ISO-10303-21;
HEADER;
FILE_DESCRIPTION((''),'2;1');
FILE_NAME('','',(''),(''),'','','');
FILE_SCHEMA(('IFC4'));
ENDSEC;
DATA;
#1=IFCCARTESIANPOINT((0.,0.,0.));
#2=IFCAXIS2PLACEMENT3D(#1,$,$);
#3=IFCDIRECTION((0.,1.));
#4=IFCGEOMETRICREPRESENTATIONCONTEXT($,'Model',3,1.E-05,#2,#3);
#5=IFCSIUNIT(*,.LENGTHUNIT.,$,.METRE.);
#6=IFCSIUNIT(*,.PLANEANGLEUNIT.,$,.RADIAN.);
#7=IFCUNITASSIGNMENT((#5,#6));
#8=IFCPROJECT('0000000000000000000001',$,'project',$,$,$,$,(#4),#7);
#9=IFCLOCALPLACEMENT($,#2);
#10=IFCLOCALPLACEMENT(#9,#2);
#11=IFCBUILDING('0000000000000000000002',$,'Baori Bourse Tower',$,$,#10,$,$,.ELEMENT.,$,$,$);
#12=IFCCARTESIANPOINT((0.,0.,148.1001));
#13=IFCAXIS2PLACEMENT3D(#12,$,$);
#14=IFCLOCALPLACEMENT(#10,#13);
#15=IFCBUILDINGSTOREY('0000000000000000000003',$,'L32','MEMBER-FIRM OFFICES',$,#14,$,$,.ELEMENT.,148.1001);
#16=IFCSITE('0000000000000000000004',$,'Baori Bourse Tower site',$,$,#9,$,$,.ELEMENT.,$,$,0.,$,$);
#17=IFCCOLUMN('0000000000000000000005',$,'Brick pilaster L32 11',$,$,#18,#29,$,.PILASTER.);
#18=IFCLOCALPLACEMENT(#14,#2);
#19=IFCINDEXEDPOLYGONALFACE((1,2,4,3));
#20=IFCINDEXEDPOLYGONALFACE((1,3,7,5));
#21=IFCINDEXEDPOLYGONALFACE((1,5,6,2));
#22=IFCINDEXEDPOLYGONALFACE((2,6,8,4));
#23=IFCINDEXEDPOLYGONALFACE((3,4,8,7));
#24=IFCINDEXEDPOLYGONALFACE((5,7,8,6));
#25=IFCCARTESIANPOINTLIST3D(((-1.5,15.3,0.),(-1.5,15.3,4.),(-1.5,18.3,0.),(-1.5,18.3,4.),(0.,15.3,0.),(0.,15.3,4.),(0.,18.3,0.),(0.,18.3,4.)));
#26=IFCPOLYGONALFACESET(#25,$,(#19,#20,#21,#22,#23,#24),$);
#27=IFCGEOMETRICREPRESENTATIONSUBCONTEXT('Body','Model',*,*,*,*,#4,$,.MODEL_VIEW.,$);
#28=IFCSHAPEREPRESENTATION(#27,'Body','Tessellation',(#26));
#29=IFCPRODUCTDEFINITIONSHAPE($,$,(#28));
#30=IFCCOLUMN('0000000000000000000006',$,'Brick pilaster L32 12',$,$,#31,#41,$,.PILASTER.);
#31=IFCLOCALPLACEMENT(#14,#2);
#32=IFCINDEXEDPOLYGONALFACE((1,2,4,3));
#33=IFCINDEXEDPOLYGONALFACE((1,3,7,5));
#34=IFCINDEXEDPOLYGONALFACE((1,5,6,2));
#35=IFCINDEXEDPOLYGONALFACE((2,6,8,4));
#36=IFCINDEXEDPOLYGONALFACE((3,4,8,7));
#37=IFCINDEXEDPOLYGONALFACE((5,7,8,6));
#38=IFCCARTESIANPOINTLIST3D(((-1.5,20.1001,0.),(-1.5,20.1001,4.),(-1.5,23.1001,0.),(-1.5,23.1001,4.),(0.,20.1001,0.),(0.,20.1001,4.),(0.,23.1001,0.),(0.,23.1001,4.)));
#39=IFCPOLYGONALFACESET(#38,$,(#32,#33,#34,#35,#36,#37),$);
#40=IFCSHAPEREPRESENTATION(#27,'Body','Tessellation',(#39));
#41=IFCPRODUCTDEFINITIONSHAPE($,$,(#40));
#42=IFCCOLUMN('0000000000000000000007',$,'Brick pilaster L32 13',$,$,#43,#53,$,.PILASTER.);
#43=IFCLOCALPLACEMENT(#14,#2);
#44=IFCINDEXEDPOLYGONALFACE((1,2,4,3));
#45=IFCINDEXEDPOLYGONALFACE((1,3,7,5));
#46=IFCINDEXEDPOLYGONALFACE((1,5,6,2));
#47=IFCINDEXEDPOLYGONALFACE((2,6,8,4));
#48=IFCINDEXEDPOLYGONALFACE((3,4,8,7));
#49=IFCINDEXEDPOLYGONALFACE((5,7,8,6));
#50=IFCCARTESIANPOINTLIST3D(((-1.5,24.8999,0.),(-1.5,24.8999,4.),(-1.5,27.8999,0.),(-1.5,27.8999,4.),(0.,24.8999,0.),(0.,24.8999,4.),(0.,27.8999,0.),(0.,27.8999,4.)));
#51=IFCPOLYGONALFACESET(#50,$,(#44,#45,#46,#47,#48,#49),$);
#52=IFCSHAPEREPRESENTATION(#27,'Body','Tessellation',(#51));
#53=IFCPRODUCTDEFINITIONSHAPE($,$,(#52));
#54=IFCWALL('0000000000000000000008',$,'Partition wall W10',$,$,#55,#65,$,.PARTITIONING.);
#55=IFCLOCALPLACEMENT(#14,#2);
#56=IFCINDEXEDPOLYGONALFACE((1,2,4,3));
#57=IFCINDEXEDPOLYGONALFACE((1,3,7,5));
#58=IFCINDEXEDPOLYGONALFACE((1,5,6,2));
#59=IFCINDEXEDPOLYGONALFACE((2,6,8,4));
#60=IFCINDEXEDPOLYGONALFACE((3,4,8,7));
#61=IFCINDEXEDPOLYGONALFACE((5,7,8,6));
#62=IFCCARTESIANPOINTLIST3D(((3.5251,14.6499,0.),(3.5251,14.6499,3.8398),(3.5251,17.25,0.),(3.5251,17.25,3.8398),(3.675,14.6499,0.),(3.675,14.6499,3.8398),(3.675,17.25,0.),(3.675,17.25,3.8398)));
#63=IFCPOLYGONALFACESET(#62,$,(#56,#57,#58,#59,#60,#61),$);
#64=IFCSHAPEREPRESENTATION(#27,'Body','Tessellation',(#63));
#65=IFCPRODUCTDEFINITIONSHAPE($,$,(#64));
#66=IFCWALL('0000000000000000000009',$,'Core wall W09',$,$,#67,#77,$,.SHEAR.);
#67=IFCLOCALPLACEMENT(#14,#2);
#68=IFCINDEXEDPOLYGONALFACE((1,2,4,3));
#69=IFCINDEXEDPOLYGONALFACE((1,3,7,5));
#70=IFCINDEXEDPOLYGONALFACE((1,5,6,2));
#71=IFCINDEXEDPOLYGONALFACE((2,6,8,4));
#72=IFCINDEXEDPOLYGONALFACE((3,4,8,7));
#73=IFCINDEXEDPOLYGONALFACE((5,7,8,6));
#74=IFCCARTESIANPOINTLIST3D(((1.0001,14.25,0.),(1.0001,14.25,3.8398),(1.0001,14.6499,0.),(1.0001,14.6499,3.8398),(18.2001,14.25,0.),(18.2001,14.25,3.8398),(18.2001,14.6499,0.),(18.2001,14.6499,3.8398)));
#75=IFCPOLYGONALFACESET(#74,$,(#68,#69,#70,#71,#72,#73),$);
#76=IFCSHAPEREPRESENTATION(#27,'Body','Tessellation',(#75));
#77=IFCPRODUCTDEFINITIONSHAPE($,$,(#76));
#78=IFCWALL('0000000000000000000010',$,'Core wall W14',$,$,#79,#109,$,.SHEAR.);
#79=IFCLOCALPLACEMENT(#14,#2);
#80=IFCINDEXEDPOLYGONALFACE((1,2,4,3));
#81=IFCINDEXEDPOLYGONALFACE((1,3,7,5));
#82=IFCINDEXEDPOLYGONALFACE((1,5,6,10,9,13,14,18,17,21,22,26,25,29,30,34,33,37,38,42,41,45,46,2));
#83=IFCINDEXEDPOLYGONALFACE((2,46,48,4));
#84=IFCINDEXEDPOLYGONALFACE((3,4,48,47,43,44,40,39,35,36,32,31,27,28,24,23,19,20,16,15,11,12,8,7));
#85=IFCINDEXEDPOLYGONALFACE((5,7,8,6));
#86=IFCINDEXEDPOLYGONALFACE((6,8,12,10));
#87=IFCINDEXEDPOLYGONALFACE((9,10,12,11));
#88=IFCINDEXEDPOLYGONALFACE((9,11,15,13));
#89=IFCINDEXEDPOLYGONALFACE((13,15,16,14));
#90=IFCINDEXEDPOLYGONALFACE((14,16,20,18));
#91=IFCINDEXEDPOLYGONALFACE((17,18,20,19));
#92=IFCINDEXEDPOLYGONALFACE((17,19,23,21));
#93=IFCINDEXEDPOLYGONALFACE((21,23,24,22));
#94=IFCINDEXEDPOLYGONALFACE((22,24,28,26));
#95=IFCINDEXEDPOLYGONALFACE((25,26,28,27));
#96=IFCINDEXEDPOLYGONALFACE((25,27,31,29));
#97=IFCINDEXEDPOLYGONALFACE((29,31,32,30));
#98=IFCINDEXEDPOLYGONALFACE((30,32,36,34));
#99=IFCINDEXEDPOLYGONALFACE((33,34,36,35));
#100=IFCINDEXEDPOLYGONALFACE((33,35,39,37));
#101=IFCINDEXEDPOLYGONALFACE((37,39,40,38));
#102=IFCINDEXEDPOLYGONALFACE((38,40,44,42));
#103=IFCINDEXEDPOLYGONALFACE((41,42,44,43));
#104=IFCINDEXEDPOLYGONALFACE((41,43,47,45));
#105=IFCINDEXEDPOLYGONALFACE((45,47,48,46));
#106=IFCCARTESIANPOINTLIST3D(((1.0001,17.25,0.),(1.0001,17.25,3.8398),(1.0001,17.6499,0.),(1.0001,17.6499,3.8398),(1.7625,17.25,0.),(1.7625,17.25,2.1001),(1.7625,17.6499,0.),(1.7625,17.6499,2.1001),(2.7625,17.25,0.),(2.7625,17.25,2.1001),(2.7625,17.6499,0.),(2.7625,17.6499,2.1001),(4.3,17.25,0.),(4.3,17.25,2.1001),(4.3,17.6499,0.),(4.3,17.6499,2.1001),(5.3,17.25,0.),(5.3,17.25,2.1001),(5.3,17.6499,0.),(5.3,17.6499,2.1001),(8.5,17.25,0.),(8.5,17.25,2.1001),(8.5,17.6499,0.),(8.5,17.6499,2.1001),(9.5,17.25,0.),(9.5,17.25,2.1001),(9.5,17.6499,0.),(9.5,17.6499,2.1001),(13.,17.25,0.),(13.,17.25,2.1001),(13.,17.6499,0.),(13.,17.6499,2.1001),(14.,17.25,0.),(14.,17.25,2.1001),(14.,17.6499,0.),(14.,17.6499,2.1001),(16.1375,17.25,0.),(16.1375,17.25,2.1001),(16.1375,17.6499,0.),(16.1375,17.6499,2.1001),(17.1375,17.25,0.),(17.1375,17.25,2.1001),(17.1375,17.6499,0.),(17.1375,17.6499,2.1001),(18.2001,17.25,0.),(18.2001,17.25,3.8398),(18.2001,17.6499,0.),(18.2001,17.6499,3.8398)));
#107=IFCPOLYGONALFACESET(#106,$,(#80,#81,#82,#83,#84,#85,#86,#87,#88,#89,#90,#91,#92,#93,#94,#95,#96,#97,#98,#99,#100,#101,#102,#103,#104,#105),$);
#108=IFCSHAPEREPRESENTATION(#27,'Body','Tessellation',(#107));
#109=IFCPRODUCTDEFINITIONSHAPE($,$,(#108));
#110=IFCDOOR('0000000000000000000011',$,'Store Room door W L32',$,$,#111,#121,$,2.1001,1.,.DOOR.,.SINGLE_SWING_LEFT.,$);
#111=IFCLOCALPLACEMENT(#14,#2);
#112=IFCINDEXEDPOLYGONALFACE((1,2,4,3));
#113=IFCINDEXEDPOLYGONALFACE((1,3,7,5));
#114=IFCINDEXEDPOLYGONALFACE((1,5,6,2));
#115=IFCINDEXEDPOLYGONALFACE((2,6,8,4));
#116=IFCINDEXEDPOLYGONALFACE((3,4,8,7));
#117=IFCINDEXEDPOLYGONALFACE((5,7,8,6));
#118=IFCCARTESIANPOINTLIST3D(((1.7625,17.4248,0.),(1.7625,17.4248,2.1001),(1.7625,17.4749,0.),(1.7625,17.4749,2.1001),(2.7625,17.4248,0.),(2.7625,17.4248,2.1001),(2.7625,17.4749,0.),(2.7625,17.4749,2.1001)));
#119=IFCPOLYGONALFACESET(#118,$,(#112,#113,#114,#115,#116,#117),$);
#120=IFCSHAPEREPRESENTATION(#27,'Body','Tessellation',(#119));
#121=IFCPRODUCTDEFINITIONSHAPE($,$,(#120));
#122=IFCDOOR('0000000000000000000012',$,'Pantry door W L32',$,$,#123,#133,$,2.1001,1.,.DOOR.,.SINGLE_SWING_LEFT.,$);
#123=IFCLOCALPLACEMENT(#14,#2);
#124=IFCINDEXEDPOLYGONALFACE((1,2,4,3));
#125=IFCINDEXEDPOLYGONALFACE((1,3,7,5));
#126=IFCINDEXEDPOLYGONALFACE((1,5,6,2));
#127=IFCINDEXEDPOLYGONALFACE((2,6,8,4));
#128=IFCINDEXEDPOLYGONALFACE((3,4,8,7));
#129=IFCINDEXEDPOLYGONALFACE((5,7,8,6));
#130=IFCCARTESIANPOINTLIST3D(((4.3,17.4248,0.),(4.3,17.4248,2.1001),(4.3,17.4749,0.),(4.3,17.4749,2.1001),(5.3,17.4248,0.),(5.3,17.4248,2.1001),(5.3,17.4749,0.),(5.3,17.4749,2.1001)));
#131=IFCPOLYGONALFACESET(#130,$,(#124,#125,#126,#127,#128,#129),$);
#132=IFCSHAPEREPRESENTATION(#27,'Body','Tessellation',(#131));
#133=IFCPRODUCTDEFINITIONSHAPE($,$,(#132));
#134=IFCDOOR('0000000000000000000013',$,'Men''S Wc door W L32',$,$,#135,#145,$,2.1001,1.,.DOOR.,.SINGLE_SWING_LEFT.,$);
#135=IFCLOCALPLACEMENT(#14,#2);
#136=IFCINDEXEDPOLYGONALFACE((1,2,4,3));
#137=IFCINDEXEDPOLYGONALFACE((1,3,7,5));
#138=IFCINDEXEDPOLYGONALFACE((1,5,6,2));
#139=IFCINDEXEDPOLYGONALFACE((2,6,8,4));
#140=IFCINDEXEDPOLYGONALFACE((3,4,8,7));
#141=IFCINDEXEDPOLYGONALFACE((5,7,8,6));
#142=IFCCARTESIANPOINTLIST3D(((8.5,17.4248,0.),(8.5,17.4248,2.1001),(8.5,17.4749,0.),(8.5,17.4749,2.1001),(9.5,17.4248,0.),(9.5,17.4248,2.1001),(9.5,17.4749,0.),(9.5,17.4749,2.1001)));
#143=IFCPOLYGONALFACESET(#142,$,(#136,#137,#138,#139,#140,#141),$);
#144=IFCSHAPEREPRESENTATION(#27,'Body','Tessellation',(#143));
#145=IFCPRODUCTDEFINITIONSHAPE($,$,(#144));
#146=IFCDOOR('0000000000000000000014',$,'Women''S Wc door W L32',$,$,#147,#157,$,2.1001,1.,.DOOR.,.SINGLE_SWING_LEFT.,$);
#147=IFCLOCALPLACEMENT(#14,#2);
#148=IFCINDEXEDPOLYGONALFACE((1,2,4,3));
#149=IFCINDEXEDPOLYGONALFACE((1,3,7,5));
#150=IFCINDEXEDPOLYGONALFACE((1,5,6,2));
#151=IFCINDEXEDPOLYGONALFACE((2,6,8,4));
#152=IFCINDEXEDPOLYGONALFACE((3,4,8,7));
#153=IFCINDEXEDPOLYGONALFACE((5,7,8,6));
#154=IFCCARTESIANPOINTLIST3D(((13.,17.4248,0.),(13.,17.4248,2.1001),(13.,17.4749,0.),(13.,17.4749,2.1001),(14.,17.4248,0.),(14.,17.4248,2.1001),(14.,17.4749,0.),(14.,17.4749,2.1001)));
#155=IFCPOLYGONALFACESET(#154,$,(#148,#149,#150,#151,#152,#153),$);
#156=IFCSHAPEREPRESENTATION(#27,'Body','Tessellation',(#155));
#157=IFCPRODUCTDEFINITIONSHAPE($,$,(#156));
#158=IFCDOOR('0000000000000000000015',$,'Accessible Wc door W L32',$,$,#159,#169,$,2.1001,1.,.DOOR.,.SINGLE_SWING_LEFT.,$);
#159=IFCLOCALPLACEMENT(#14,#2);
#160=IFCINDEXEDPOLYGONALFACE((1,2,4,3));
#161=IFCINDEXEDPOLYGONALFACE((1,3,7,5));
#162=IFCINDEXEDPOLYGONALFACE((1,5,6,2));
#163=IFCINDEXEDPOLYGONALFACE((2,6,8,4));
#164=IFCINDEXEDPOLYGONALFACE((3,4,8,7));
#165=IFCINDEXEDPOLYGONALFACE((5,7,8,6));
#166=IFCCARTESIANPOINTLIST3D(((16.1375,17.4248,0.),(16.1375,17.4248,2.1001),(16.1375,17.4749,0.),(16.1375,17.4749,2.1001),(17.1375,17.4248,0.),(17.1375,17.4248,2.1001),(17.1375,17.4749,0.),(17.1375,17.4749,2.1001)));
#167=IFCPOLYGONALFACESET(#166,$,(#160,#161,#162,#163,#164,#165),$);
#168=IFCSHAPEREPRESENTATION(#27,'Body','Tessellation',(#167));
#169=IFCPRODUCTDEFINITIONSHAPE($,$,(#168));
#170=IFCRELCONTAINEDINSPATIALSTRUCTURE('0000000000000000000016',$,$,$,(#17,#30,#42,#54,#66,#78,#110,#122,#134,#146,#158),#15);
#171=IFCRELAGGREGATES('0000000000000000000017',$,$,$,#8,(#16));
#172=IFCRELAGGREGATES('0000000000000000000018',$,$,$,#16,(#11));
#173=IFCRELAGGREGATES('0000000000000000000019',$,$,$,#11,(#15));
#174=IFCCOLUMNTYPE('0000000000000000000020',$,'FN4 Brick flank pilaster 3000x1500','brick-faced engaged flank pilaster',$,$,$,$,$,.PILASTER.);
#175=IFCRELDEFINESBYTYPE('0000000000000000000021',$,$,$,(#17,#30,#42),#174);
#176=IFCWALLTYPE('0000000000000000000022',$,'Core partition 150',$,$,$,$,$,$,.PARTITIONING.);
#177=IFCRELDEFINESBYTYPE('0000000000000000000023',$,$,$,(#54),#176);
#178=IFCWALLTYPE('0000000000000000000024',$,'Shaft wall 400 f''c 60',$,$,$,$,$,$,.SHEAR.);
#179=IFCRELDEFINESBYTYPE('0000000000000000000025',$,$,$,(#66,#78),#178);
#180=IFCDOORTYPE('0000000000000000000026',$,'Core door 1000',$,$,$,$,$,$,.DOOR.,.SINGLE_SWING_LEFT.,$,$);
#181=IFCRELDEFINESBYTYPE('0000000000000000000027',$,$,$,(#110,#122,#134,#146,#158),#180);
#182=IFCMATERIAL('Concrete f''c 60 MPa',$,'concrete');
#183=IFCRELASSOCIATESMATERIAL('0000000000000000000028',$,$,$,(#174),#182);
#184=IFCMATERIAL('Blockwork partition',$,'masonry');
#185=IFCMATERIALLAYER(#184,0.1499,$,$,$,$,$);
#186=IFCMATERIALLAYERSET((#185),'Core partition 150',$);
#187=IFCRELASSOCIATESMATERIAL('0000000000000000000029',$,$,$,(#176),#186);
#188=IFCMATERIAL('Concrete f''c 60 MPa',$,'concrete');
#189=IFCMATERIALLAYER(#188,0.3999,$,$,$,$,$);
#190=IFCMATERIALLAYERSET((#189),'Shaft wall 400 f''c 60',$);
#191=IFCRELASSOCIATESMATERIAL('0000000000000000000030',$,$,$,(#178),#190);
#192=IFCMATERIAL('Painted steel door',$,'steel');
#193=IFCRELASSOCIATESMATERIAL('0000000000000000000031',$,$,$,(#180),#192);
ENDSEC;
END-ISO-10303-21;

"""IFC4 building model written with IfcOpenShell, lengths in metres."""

from ifc_helpers import new_model, si_unit, direction, frame, frame_2d, origin, origin_2d, place, context, subcontext, project, spatial, rectangle, extrude, material, layer, layer_set, material_profile, profile_set, type_object, element, fill, save


model = new_model("IFC4")

# Units and contexts
model_context = context("Model", 3, precision=1e-05, world=origin(), true_north=direction((0.0, 1.0)))
body_context = subcontext(model_context, "Body", "Model", "MODEL_VIEW")
ifc_project = project(units=[si_unit("LENGTHUNIT", "METRE"), si_unit("PLANEANGLEUNIT", "RADIAN")], contexts=[model_context])

# Site, building, storey
site_placement = place(None, origin())
site = spatial("IfcSite", under=ifc_project, at=site_placement, Name="Baori Bourse Tower site", CompositionType="ELEMENT", RefElevation=0.0)
building_placement = place(site_placement, origin())
building = spatial("IfcBuilding", under=site, at=building_placement, Name="Baori Bourse Tower", CompositionType="ELEMENT")
storey_placement = place(building_placement, frame((0.0, 0.0, 148.1001)))
storey = spatial("IfcBuildingStorey", under=building, at=storey_placement, Name="L32", Description="MEMBER-FIRM OFFICES", CompositionType="ELEMENT", Elevation=148.1001)

# Columns
ifc_material_1 = material(Name="Concrete f'c 60 MPa", Category="concrete")
ifc_material_profile = material_profile(ifc_material_1, rectangle(XDim=3.0, YDim=1.5, at=origin_2d()), Name="RC 3000x1500")
ifc_profile_set = profile_set([ifc_material_profile], Name="Concrete f'c 60 MPa")
column_type = type_object("IfcColumnType", Name="FN4 Brick flank pilaster 3000x1500", Description="brick-faced engaged flank pilaster", PredefinedType="PILASTER", material=ifc_profile_set)
for number, where, z_axis, x_axis, name in (
    (1, (-0.75, 16.8, 0.0), (0.0, 0.0, 1.0), (0.0, 1.0, 0.0), "Brick pilaster L32 11"),
    (2, (-0.75, 21.6001, 0.0), (0.0, 0.0, 1.0), (0.0, 1.0, 0.0), "Brick pilaster L32 12"),
    (3, (-0.75, 26.3999, 0.0), (0.0, 0.0, 1.0), (0.0, 1.0, 0.0), "Brick pilaster L32 13"),
):
    element("IfcColumn", number, at=place(storey_placement, frame(where, z_axis=z_axis, x_axis=x_axis)), inside=storey, type_object=column_type, Name=name, PredefinedType="PILASTER", context=body_context, shape_type="SweptSolid", body=[
        extrude(rectangle(XDim=3.0, YDim=1.5, at=origin_2d()), origin(), (0.0, 0.0, 1.0), 4.0),
    ])

# Walls
ifc_material_2 = material(Name="Blockwork partition", Category="masonry")
ifc_layer_1 = layer(ifc_material_2, 0.1499)
ifc_layer_set_1 = layer_set([ifc_layer_1], Name="Core partition 150")
wall_type_1 = type_object("IfcWallType", Name="Core partition 150", PredefinedType="PARTITIONING", material=ifc_layer_set_1)
wall_1_placement = place(storey_placement, frame((3.6001, 14.6499, 0.0), z_axis=(0.0, 0.0, 1.0), x_axis=(0.0, 1.0, 0.0)))
element("IfcWall", 4, at=wall_1_placement, inside=storey, type_object=wall_type_1, Name="Partition wall W10", PredefinedType="PARTITIONING", context=body_context, shape_type="SweptSolid", body=[
    extrude(rectangle(XDim=2.6001, YDim=0.1499, at=frame_2d((1.3, 0.0))), origin(), (0.0, 0.0, 1.0), 3.8398),
])
ifc_material_3 = material(Name="Concrete f'c 60 MPa", Category="concrete")
ifc_layer_2 = layer(ifc_material_3, 0.3999)
ifc_layer_set_2 = layer_set([ifc_layer_2], Name="Shaft wall 400 f'c 60")
wall_type_2 = type_object("IfcWallType", Name="Shaft wall 400 f'c 60", PredefinedType="SHEAR", material=ifc_layer_set_2)
wall_2_placement = place(storey_placement, frame((1.0, 14.45, 0.0), z_axis=(0.0, 0.0, 1.0), x_axis=(1.0, 0.0, 0.0)))
element("IfcWall", 5, at=wall_2_placement, inside=storey, type_object=wall_type_2, Name="Core wall W09", PredefinedType="SHEAR", context=body_context, shape_type="SweptSolid", body=[
    extrude(rectangle(XDim=17.2, YDim=0.3999, at=frame_2d((8.6001, 0.0))), origin(), (0.0, 0.0, 1.0), 3.8398),
])

# Wall, openings, doors
wall_3_placement = place(storey_placement, frame((1.0, 17.45, 0.0), z_axis=(0.0, 0.0, 1.0), x_axis=(1.0, 0.0, 0.0)))
wall_3 = element("IfcWall", 6, at=wall_3_placement, inside=storey, type_object=wall_type_2, Name="Core wall W14", PredefinedType="SHEAR", context=body_context, shape_type="SweptSolid", body=[
    extrude(rectangle(XDim=17.2, YDim=0.3999, at=frame_2d((8.6001, 0.0))), origin(), (0.0, 0.0, 1.0), 3.8398),
])
opening_1_placement = place(wall_3_placement, frame((0.7625, 0.0, 0.0)))
opening_1 = element("IfcOpeningElement", 7, at=opening_1_placement, cuts=wall_3, PredefinedType="OPENING", context=body_context, shape_type="SweptSolid", body=[
    extrude(rectangle(XDim=1.0, YDim=2.1001, at=frame_2d((0.5, 1.05))), frame((0.0, 0.21, 0.0), z_axis=(0.0, -1.0, 0.0), x_axis=(1.0, 0.0, 0.0)), (0.0, 0.0, 1.0), 0.4199),
])
opening_2_placement = place(wall_3_placement, frame((3.3, 0.0, 0.0)))
opening_2 = element("IfcOpeningElement", 8, at=opening_2_placement, cuts=wall_3, PredefinedType="OPENING", context=body_context, shape_type="SweptSolid", body=[
    extrude(rectangle(XDim=1.0, YDim=2.1001, at=frame_2d((0.5, 1.05))), frame((0.0, 0.21, 0.0), z_axis=(0.0, -1.0, 0.0), x_axis=(1.0, 0.0, 0.0)), (0.0, 0.0, 1.0), 0.4199),
])
opening_3_placement = place(wall_3_placement, frame((7.5, 0.0, 0.0)))
opening_3 = element("IfcOpeningElement", 9, at=opening_3_placement, cuts=wall_3, PredefinedType="OPENING", context=body_context, shape_type="SweptSolid", body=[
    extrude(rectangle(XDim=1.0, YDim=2.1001, at=frame_2d((0.5, 1.05))), frame((0.0, 0.21, 0.0), z_axis=(0.0, -1.0, 0.0), x_axis=(1.0, 0.0, 0.0)), (0.0, 0.0, 1.0), 0.4199),
])
opening_4_placement = place(wall_3_placement, frame((12.0, 0.0, 0.0)))
opening_4 = element("IfcOpeningElement", 10, at=opening_4_placement, cuts=wall_3, PredefinedType="OPENING", context=body_context, shape_type="SweptSolid", body=[
    extrude(rectangle(XDim=1.0, YDim=2.1001, at=frame_2d((0.5, 1.05))), frame((0.0, 0.21, 0.0), z_axis=(0.0, -1.0, 0.0), x_axis=(1.0, 0.0, 0.0)), (0.0, 0.0, 1.0), 0.4199),
])
opening_5_placement = place(wall_3_placement, frame((15.1375, 0.0, 0.0)))
opening_5 = element("IfcOpeningElement", 11, at=opening_5_placement, cuts=wall_3, PredefinedType="OPENING", context=body_context, shape_type="SweptSolid", body=[
    extrude(rectangle(XDim=1.0, YDim=2.1001, at=frame_2d((0.5, 1.05))), frame((0.0, 0.21, 0.0), z_axis=(0.0, -1.0, 0.0), x_axis=(1.0, 0.0, 0.0)), (0.0, 0.0, 1.0), 0.4199),
])
ifc_material_4 = material(Name="Painted steel door", Category="steel")
door_type_1 = type_object("IfcDoorType", Name="Core door 1000", OperationType="SINGLE_SWING_LEFT", PredefinedType="DOOR", material=ifc_material_4)
door_1_placement = place(opening_1_placement, origin())
door_1 = element("IfcDoor", 12, at=door_1_placement, inside=storey, type_object=door_type_1, Name="Store Room door W L32", OperationType="SINGLE_SWING_LEFT", OverallHeight=2.1001, OverallWidth=1.0, PredefinedType="DOOR", context=body_context, shape_type="SweptSolid", body=[
    extrude(rectangle(XDim=1.0, YDim=2.1001, at=frame_2d((0.5, 1.05))), frame((0.0, 0.0249, 0.0), z_axis=(0.0, -1.0, 0.0), x_axis=(1.0, 0.0, 0.0)), (0.0, 0.0, 1.0), 0.05),
])
fill(opening_1, door_1)
door_2_placement = place(opening_2_placement, origin())
door_2 = element("IfcDoor", 13, at=door_2_placement, inside=storey, type_object=door_type_1, Name="Pantry door W L32", OperationType="SINGLE_SWING_LEFT", OverallHeight=2.1001, OverallWidth=1.0, PredefinedType="DOOR", context=body_context, shape_type="SweptSolid", body=[
    extrude(rectangle(XDim=1.0, YDim=2.1001, at=frame_2d((0.5, 1.05))), frame((0.0, 0.0249, 0.0), z_axis=(0.0, -1.0, 0.0), x_axis=(1.0, 0.0, 0.0)), (0.0, 0.0, 1.0), 0.05),
])
fill(opening_2, door_2)
door_3_placement = place(opening_3_placement, origin())
door_3 = element("IfcDoor", 14, at=door_3_placement, inside=storey, type_object=door_type_1, Name="Men'S Wc door W L32", OperationType="SINGLE_SWING_LEFT", OverallHeight=2.1001, OverallWidth=1.0, PredefinedType="DOOR", context=body_context, shape_type="SweptSolid", body=[
    extrude(rectangle(XDim=1.0, YDim=2.1001, at=frame_2d((0.5, 1.05))), frame((0.0, 0.0249, 0.0), z_axis=(0.0, -1.0, 0.0), x_axis=(1.0, 0.0, 0.0)), (0.0, 0.0, 1.0), 0.05),
])
fill(opening_3, door_3)
door_4_placement = place(opening_4_placement, origin())
door_4 = element("IfcDoor", 15, at=door_4_placement, inside=storey, type_object=door_type_1, Name="Women'S Wc door W L32", OperationType="SINGLE_SWING_LEFT", OverallHeight=2.1001, OverallWidth=1.0, PredefinedType="DOOR", context=body_context, shape_type="SweptSolid", body=[
    extrude(rectangle(XDim=1.0, YDim=2.1001, at=frame_2d((0.5, 1.05))), frame((0.0, 0.0249, 0.0), z_axis=(0.0, -1.0, 0.0), x_axis=(1.0, 0.0, 0.0)), (0.0, 0.0, 1.0), 0.05),
])
fill(opening_4, door_4)
door_5_placement = place(opening_5_placement, origin())
door_5 = element("IfcDoor", 16, at=door_5_placement, inside=storey, type_object=door_type_1, Name="Accessible Wc door W L32", OperationType="SINGLE_SWING_LEFT", OverallHeight=2.1001, OverallWidth=1.0, PredefinedType="DOOR", context=body_context, shape_type="SweptSolid", body=[
    extrude(rectangle(XDim=1.0, YDim=2.1001, at=frame_2d((0.5, 1.05))), frame((0.0, 0.0249, 0.0), z_axis=(0.0, -1.0, 0.0), x_axis=(1.0, 0.0, 0.0)), (0.0, 0.0, 1.0), 0.05),
])
fill(opening_5, door_5)

save(model, "model.ifc")
